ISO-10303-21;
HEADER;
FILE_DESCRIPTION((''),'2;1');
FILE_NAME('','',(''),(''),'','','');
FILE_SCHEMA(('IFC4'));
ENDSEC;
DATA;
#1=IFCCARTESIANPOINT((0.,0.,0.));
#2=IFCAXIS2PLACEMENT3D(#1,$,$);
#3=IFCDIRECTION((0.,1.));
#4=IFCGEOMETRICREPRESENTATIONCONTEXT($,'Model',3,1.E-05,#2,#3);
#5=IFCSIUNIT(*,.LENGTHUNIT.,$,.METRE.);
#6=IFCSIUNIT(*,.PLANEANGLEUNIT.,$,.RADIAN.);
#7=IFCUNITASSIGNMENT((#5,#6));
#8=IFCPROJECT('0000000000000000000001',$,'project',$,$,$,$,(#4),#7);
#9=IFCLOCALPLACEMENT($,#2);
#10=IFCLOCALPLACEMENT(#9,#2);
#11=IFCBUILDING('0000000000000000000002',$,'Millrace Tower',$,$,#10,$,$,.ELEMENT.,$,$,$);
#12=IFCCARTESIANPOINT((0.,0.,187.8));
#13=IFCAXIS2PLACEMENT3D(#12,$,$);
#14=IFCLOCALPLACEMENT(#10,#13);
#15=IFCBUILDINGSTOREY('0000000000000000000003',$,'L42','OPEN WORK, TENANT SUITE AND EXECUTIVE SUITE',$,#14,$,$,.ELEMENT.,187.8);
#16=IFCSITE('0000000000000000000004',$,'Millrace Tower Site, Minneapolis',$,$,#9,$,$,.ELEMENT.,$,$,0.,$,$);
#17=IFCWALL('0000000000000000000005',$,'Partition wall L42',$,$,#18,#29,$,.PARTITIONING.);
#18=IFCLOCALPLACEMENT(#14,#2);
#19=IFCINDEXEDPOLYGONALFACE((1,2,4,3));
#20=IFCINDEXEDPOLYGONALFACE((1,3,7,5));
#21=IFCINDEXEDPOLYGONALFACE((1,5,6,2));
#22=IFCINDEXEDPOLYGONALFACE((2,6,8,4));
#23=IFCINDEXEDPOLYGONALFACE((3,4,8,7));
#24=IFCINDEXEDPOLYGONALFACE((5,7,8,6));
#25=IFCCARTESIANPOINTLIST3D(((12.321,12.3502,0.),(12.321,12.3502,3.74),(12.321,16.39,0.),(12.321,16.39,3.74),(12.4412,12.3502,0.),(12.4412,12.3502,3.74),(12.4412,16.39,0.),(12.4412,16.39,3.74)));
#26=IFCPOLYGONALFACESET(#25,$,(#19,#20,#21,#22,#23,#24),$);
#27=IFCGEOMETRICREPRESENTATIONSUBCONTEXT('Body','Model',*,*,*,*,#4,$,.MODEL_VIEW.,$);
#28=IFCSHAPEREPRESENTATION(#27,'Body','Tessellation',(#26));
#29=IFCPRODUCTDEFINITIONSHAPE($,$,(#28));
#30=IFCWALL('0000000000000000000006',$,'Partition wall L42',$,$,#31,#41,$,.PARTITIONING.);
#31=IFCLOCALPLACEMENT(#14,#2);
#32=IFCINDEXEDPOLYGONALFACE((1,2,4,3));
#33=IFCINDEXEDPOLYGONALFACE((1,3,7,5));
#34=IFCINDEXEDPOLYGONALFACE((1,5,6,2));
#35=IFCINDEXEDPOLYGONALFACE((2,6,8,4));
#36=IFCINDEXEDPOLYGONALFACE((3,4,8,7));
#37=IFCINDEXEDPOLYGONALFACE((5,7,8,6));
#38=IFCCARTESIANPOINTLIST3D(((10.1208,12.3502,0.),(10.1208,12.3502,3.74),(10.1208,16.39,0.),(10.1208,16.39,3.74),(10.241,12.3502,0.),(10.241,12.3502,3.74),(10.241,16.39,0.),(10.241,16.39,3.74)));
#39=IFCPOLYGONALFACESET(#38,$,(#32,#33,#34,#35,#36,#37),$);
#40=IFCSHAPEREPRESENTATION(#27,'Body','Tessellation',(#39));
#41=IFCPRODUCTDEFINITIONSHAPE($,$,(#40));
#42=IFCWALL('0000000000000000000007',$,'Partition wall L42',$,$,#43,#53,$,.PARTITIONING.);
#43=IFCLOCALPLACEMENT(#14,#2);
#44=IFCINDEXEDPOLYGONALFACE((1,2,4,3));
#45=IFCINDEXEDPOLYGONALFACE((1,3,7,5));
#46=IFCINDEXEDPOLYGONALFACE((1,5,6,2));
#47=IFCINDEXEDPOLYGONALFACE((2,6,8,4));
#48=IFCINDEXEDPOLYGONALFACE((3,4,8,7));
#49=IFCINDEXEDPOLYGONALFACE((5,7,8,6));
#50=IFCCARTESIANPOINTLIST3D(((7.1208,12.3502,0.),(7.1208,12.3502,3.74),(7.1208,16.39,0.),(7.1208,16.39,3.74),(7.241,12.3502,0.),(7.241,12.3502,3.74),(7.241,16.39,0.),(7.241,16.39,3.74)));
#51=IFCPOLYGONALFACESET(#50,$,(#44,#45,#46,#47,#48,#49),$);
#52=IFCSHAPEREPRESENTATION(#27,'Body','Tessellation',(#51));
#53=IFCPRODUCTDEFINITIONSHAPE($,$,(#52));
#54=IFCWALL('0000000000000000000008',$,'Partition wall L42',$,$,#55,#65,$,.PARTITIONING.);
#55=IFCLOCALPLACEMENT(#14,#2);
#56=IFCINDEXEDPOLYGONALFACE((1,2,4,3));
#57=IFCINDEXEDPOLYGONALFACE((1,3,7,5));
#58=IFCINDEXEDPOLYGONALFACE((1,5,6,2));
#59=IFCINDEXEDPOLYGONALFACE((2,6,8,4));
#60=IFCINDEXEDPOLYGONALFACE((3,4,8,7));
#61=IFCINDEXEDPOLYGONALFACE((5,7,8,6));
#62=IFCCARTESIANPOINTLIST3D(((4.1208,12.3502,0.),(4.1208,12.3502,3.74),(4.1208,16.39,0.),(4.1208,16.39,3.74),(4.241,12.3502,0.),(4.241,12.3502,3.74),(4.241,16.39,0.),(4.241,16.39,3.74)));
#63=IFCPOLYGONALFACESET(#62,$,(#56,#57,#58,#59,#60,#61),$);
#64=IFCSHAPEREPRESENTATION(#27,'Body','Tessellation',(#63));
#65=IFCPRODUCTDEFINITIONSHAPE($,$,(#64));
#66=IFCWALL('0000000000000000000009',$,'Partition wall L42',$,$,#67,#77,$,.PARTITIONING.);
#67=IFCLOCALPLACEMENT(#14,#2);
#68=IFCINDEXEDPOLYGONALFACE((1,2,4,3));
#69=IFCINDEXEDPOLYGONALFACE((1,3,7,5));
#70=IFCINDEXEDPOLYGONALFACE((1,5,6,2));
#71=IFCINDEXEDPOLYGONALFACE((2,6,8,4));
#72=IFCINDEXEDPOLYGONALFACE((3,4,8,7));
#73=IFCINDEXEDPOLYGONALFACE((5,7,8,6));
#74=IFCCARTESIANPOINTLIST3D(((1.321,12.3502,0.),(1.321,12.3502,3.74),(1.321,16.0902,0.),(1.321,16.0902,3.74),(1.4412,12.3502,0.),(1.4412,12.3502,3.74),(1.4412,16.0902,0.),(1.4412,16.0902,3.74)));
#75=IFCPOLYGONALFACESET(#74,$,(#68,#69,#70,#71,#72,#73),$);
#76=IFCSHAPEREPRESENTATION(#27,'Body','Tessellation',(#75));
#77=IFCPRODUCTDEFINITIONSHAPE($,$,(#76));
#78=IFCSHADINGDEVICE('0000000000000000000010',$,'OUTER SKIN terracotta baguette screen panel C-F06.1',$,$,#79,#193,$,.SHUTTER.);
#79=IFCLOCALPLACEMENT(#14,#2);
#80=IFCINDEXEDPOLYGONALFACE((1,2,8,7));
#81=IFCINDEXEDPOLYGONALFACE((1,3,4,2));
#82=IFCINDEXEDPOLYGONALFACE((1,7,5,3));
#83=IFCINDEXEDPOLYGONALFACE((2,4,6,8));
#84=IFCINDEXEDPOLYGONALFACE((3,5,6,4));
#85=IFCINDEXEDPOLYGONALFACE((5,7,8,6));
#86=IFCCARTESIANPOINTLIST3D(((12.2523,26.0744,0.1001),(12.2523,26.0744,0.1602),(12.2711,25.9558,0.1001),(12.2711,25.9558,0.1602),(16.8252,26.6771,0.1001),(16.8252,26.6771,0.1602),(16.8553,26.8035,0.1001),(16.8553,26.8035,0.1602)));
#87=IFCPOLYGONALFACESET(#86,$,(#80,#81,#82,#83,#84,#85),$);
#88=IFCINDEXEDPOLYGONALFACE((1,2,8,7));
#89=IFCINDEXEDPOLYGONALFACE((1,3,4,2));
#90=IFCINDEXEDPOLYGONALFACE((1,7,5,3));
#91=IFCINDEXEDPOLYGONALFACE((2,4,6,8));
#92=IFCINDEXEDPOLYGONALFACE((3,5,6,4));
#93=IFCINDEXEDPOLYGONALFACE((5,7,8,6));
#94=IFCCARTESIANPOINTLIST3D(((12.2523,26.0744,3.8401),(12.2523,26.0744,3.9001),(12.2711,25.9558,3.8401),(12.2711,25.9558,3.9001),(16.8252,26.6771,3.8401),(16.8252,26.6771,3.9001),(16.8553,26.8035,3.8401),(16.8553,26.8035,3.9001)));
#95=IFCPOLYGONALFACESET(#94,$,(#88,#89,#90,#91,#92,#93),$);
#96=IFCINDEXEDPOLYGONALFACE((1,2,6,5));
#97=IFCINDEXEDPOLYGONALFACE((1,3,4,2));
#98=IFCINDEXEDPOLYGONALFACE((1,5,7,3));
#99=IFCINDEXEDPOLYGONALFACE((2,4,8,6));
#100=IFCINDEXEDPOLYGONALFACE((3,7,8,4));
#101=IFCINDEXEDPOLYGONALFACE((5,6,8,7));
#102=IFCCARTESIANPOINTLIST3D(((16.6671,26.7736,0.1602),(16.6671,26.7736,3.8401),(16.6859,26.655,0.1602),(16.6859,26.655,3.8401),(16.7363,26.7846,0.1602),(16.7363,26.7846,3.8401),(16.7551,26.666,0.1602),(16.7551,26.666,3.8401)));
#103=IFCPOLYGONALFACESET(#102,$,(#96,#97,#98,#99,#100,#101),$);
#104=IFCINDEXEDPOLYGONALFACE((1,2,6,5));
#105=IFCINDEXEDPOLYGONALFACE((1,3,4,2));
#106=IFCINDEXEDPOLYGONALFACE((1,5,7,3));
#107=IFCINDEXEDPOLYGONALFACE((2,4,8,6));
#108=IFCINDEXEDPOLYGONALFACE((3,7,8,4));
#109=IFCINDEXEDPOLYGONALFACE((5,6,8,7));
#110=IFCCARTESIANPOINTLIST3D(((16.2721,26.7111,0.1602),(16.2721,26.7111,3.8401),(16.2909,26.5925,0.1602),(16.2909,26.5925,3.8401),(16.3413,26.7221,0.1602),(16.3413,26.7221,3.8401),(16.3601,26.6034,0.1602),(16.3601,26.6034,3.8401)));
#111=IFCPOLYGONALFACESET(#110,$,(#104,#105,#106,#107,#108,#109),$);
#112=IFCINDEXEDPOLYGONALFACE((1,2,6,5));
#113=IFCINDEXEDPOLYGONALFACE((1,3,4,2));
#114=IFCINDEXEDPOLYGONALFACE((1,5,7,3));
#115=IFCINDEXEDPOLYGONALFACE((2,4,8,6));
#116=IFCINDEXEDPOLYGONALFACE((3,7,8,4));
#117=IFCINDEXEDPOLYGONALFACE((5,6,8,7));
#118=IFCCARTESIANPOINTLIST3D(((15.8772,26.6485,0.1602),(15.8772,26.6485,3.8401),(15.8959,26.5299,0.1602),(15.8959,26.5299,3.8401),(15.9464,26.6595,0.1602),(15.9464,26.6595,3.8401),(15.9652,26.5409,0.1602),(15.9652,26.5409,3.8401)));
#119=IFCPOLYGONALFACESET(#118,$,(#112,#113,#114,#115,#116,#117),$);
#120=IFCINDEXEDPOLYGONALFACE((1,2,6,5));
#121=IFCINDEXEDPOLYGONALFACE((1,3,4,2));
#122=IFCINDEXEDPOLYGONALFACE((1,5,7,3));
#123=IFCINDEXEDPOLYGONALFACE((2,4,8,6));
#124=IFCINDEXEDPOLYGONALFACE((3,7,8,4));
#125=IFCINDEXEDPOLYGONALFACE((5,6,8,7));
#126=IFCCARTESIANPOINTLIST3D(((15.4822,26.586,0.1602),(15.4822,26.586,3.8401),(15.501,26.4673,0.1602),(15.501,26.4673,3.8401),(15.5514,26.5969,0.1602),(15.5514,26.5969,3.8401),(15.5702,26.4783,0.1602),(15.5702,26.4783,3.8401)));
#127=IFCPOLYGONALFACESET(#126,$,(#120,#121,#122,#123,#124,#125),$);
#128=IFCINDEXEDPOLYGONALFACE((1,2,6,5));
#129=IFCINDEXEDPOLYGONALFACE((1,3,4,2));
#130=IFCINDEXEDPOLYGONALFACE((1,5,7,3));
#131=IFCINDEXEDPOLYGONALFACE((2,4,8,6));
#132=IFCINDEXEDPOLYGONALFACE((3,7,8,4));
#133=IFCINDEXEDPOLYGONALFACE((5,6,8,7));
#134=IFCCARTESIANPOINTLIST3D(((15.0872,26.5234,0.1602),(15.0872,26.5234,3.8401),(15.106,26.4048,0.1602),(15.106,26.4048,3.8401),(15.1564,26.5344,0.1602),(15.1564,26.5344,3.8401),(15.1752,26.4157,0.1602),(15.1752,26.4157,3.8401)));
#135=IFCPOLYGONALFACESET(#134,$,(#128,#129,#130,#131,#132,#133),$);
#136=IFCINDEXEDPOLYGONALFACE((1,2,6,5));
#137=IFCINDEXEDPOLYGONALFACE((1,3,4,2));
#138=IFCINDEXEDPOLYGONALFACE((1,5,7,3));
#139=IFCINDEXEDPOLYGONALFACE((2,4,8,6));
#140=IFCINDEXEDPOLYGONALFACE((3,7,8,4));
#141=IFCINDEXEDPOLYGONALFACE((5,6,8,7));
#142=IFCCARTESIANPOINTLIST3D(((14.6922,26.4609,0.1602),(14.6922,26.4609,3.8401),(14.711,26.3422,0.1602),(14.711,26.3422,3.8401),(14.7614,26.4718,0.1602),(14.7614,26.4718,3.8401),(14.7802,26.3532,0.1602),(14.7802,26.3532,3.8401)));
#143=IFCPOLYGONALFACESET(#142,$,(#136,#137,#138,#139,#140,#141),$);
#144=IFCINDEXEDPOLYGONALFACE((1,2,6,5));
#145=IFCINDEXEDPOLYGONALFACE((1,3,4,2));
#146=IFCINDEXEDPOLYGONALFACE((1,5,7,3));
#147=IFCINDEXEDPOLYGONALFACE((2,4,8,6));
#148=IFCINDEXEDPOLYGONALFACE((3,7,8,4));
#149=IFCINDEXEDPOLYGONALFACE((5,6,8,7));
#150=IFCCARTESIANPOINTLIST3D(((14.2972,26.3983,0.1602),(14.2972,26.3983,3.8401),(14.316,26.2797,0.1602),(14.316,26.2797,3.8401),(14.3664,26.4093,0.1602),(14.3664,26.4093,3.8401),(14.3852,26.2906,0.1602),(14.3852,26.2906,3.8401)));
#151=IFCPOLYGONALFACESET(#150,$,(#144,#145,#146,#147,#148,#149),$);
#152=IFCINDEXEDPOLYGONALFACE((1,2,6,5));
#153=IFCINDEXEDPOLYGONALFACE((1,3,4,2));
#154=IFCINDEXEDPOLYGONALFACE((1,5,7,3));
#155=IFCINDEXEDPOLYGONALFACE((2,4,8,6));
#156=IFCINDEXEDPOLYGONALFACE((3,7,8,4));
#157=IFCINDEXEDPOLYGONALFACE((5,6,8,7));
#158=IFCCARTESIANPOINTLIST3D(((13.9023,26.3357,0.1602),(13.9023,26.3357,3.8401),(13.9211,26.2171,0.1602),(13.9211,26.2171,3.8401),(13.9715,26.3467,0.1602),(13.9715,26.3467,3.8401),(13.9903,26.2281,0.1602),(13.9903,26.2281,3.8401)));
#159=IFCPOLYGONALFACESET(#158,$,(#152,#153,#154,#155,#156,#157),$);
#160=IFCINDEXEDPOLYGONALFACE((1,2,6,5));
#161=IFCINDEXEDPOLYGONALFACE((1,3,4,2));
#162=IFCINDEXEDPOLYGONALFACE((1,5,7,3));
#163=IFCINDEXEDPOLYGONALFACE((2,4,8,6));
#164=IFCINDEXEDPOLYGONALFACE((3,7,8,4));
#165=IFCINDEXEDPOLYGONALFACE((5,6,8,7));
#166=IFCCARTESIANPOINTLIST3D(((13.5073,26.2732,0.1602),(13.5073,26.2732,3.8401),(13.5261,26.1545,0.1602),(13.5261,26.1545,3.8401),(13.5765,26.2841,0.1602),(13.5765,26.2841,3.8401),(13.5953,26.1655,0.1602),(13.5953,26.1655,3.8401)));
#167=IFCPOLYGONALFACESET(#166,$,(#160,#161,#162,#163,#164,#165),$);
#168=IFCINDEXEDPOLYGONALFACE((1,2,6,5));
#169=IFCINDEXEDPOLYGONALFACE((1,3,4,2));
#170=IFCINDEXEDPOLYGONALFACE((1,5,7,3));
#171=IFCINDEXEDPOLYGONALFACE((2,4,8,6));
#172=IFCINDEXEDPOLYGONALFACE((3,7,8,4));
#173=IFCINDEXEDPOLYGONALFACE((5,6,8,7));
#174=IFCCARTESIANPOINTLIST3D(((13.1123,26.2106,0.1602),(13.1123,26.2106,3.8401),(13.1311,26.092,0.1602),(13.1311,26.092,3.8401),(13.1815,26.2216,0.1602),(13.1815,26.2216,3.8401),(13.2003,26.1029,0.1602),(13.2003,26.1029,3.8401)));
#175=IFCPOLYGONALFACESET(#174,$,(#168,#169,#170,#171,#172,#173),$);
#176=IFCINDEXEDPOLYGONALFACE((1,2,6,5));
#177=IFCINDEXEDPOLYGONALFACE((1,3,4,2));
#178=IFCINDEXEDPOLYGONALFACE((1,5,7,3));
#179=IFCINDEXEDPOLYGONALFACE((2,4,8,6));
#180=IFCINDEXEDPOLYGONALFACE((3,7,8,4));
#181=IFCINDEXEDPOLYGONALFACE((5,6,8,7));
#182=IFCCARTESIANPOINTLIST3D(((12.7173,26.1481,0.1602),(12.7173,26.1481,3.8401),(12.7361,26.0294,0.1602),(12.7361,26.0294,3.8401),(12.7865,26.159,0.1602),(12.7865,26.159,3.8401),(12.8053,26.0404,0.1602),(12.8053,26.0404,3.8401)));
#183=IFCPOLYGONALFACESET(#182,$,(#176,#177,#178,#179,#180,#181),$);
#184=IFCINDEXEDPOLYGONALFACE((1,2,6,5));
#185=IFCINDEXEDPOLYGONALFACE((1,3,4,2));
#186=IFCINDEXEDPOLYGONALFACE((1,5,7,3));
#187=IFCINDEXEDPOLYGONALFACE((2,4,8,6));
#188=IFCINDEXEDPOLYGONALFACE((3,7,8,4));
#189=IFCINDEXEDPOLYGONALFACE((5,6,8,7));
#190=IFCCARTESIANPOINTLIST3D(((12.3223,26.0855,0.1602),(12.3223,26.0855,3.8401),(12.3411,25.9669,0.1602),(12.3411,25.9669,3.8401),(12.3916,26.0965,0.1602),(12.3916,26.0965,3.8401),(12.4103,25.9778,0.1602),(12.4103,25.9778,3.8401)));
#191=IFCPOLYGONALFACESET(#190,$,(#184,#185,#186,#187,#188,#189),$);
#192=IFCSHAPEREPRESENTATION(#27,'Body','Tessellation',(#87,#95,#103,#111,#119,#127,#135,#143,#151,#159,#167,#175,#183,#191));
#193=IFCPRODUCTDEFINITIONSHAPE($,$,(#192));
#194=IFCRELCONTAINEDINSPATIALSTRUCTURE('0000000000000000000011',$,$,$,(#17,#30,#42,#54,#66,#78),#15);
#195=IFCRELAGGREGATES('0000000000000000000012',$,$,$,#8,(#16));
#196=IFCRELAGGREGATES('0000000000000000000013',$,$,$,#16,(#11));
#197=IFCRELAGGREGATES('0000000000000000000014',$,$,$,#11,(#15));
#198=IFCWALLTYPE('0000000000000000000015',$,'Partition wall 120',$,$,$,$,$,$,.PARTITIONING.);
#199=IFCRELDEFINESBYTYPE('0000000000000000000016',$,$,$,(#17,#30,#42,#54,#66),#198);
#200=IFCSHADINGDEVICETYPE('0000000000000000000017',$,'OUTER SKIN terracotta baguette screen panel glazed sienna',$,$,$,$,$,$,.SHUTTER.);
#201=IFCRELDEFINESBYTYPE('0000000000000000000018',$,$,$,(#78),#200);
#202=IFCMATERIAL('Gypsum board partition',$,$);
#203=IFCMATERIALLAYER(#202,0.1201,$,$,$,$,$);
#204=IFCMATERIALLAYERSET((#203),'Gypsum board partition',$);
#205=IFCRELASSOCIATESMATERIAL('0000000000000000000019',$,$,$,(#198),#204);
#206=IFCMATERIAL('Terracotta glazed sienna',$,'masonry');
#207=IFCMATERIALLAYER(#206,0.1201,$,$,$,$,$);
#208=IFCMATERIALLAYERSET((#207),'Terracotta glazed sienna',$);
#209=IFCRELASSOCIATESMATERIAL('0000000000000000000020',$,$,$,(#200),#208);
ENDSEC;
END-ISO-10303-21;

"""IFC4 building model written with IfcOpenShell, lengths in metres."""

from ifc_helpers import new_model, entity, si_unit, direction, frame, frame_2d, origin, place, context, subcontext, project, spatial, rectangle, extrude, source, transform, mapped, material, layer, layer_set, type_object, element, save


model = new_model("IFC4")

# Units and contexts
model_context = context("Model", 3, precision=1e-05, world=origin(), true_north=direction((0.0, 1.0)))
body_context = subcontext(model_context, "Body", "Model", "MODEL_VIEW")
ifc_project = project(units=[si_unit("LENGTHUNIT", "METRE"), si_unit("PLANEANGLEUNIT", "RADIAN")], contexts=[model_context])

# Site, building, storey
site_placement = place(None, origin())
site = spatial("IfcSite", under=ifc_project, at=site_placement, Name="Millrace Tower Site, Minneapolis", CompositionType="ELEMENT", RefElevation=0.0)
building_placement = place(site_placement, origin())
building = spatial("IfcBuilding", under=site, at=building_placement, Name="Millrace Tower", CompositionType="ELEMENT")
storey_placement = place(building_placement, frame((0.0, 0.0, 187.8)))
storey = spatial("IfcBuildingStorey", under=building, at=storey_placement, Name="L42", Description="OPEN WORK, TENANT SUITE AND EXECUTIVE SUITE", CompositionType="ELEMENT", Elevation=187.8)

# Walls
ifc_material_1 = material(Name="Gypsum board partition")
ifc_layer_1 = layer(ifc_material_1, 0.1201)
ifc_layer_set_1 = layer_set([ifc_layer_1], Name="Gypsum board partition")
wall_type = type_object("IfcWallType", Name="Partition wall 120", PredefinedType="PARTITIONING", material=ifc_layer_set_1)
for number, where, z_axis, x_axis, name in (
    (1, (12.3811, 12.3501, 0.0), (0.0, 0.0, 1.0), (0.0, 1.0, 0.0), "Partition wall L42"),
    (2, (10.1809, 12.3501, 0.0), (0.0, 0.0, 1.0), (0.0, 1.0, 0.0), "Partition wall L42"),
    (3, (7.1809, 12.3501, 0.0), (0.0, 0.0, 1.0), (0.0, 1.0, 0.0), "Partition wall L42"),
    (4, (4.1809, 12.3501, 0.0), (0.0, 0.0, 1.0), (0.0, 1.0, 0.0), "Partition wall L42"),
):
    element("IfcWall", number, at=place(storey_placement, frame(where, z_axis=z_axis, x_axis=x_axis)), inside=storey, type_object=wall_type, Name=name, PredefinedType="PARTITIONING", context=body_context, shape_type="SweptSolid", body=[
        extrude(rectangle(XDim=4.0398, YDim=0.1201, at=frame_2d((2.02, 0.0))), origin(), (0.0, 0.0, 1.0), 3.74),
    ])
wall_1_placement = place(storey_placement, frame((1.3811, 12.3501, 0.0), z_axis=(0.0, 0.0, 1.0), x_axis=(0.0, 1.0, 0.0)))
element("IfcWall", 5, at=wall_1_placement, inside=storey, type_object=wall_type, Name="Partition wall L42", PredefinedType="PARTITIONING", context=body_context, shape_type="SweptSolid", body=[
    extrude(rectangle(XDim=3.74, YDim=0.1201, at=frame_2d((1.8701, 0.0))), origin(), (0.0, 0.0, 1.0), 3.74),
])

# Shading device
ifc_material_2 = material(Name="Terracotta glazed sienna", Category="masonry")
ifc_layer_2 = layer(ifc_material_2, 0.1201)
ifc_layer_set_2 = layer_set([ifc_layer_2], Name="Terracotta glazed sienna")
shading_device_type = type_object("IfcShadingDeviceType", Name="OUTER SKIN terracotta baguette screen panel glazed sienna", PredefinedType="SHUTTER", material=ifc_layer_set_2)
cartesian_point_1 = entity("IfcCartesianPoint", [-2.293, 0.0601])
shared_polyline_1 = entity("IfcPolyline", [cartesian_point_1, entity("IfcCartesianPoint", [2.3179, 0.0601]), entity("IfcCartesianPoint", [2.3179, -0.0601]), entity("IfcCartesianPoint", [-2.3425, -0.0601]), cartesian_point_1])
shared_shape_1 = source(origin(), body_context, "Body", "SweptSolid", [
    entity("IfcExtrudedAreaSolid", entity("IfcArbitraryClosedProfileDef", "AREA", None, shared_polyline_1), entity("IfcAxis2Placement3D", entity("IfcCartesianPoint", [0.0, 0.0, 0.0])), entity("IfcDirection", [0.0, 0.0, 1.0]), 0.0601),
    entity("IfcExtrudedAreaSolid", entity("IfcArbitraryClosedProfileDef", "AREA", None, shared_polyline_1), entity("IfcAxis2Placement3D", entity("IfcCartesianPoint", [0.0, 0.0, 3.74])), entity("IfcDirection", [0.0, 0.0, 1.0]), 0.0601),
    extrude(rectangle(XDim=0.0701, YDim=0.1201, at=frame_2d((-2.187, 0.0))), frame((0.0, 0.0, 0.0601)), (0.0, 0.0, 1.0), 3.6799),
    extrude(rectangle(XDim=0.0701, YDim=0.1201, at=frame_2d((-1.7871, 0.0))), frame((0.0, 0.0, 0.0601)), (0.0, 0.0, 1.0), 3.6799),
    extrude(rectangle(XDim=0.0701, YDim=0.1201, at=frame_2d((-1.3872, 0.0))), frame((0.0, 0.0, 0.0601)), (0.0, 0.0, 1.0), 3.6799),
    extrude(rectangle(XDim=0.0701, YDim=0.1201, at=frame_2d((-0.9873, 0.0))), frame((0.0, 0.0, 0.0601)), (0.0, 0.0, 1.0), 3.6799),
    extrude(rectangle(XDim=0.0701, YDim=0.1201, at=frame_2d((-0.5874, 0.0))), frame((0.0, 0.0, 0.0601)), (0.0, 0.0, 1.0), 3.6799),
    extrude(rectangle(XDim=0.0701, YDim=0.1201, at=frame_2d((-0.1875, 0.0))), frame((0.0, 0.0, 0.0601)), (0.0, 0.0, 1.0), 3.6799),
    extrude(rectangle(XDim=0.0701, YDim=0.1201, at=frame_2d((0.2124, 0.0))), frame((0.0, 0.0, 0.0601)), (0.0, 0.0, 1.0), 3.6799),
    extrude(rectangle(XDim=0.0701, YDim=0.1201, at=frame_2d((0.6123, 0.0))), frame((0.0, 0.0, 0.0601)), (0.0, 0.0, 1.0), 3.6799),
    extrude(rectangle(XDim=0.0701, YDim=0.1201, at=frame_2d((1.0122, 0.0))), frame((0.0, 0.0, 0.0601)), (0.0, 0.0, 1.0), 3.6799),
    extrude(rectangle(XDim=0.0701, YDim=0.1201, at=frame_2d((1.4121, 0.0))), frame((0.0, 0.0, 0.0601)), (0.0, 0.0, 1.0), 3.6799),
    extrude(rectangle(XDim=0.0701, YDim=0.1201, at=frame_2d((1.812, 0.0))), frame((0.0, 0.0, 0.0601)), (0.0, 0.0, 1.0), 3.6799),
    extrude(rectangle(XDim=0.0701, YDim=0.1201, at=frame_2d((2.2119, 0.0))), frame((0.0, 0.0, 0.0601)), (0.0, 0.0, 1.0), 3.6799),
])
shading_device_placement = place(storey_placement, frame((14.551, 26.3777, 0.1001), z_axis=(0.0, 0.0, 1.0), x_axis=(-0.987688, -0.156434, 0.0)))
element("IfcShadingDevice", 6, at=shading_device_placement, inside=storey, type_object=shading_device_type, Name="OUTER SKIN terracotta baguette screen panel C-F06.1", PredefinedType="SHUTTER", context=body_context, shape_type="MappedRepresentation", body=[
    mapped(shared_shape_1, transform((0.0, 0.0, 0.0), scale=1.0)),
])

save(model, "model.ifc")
